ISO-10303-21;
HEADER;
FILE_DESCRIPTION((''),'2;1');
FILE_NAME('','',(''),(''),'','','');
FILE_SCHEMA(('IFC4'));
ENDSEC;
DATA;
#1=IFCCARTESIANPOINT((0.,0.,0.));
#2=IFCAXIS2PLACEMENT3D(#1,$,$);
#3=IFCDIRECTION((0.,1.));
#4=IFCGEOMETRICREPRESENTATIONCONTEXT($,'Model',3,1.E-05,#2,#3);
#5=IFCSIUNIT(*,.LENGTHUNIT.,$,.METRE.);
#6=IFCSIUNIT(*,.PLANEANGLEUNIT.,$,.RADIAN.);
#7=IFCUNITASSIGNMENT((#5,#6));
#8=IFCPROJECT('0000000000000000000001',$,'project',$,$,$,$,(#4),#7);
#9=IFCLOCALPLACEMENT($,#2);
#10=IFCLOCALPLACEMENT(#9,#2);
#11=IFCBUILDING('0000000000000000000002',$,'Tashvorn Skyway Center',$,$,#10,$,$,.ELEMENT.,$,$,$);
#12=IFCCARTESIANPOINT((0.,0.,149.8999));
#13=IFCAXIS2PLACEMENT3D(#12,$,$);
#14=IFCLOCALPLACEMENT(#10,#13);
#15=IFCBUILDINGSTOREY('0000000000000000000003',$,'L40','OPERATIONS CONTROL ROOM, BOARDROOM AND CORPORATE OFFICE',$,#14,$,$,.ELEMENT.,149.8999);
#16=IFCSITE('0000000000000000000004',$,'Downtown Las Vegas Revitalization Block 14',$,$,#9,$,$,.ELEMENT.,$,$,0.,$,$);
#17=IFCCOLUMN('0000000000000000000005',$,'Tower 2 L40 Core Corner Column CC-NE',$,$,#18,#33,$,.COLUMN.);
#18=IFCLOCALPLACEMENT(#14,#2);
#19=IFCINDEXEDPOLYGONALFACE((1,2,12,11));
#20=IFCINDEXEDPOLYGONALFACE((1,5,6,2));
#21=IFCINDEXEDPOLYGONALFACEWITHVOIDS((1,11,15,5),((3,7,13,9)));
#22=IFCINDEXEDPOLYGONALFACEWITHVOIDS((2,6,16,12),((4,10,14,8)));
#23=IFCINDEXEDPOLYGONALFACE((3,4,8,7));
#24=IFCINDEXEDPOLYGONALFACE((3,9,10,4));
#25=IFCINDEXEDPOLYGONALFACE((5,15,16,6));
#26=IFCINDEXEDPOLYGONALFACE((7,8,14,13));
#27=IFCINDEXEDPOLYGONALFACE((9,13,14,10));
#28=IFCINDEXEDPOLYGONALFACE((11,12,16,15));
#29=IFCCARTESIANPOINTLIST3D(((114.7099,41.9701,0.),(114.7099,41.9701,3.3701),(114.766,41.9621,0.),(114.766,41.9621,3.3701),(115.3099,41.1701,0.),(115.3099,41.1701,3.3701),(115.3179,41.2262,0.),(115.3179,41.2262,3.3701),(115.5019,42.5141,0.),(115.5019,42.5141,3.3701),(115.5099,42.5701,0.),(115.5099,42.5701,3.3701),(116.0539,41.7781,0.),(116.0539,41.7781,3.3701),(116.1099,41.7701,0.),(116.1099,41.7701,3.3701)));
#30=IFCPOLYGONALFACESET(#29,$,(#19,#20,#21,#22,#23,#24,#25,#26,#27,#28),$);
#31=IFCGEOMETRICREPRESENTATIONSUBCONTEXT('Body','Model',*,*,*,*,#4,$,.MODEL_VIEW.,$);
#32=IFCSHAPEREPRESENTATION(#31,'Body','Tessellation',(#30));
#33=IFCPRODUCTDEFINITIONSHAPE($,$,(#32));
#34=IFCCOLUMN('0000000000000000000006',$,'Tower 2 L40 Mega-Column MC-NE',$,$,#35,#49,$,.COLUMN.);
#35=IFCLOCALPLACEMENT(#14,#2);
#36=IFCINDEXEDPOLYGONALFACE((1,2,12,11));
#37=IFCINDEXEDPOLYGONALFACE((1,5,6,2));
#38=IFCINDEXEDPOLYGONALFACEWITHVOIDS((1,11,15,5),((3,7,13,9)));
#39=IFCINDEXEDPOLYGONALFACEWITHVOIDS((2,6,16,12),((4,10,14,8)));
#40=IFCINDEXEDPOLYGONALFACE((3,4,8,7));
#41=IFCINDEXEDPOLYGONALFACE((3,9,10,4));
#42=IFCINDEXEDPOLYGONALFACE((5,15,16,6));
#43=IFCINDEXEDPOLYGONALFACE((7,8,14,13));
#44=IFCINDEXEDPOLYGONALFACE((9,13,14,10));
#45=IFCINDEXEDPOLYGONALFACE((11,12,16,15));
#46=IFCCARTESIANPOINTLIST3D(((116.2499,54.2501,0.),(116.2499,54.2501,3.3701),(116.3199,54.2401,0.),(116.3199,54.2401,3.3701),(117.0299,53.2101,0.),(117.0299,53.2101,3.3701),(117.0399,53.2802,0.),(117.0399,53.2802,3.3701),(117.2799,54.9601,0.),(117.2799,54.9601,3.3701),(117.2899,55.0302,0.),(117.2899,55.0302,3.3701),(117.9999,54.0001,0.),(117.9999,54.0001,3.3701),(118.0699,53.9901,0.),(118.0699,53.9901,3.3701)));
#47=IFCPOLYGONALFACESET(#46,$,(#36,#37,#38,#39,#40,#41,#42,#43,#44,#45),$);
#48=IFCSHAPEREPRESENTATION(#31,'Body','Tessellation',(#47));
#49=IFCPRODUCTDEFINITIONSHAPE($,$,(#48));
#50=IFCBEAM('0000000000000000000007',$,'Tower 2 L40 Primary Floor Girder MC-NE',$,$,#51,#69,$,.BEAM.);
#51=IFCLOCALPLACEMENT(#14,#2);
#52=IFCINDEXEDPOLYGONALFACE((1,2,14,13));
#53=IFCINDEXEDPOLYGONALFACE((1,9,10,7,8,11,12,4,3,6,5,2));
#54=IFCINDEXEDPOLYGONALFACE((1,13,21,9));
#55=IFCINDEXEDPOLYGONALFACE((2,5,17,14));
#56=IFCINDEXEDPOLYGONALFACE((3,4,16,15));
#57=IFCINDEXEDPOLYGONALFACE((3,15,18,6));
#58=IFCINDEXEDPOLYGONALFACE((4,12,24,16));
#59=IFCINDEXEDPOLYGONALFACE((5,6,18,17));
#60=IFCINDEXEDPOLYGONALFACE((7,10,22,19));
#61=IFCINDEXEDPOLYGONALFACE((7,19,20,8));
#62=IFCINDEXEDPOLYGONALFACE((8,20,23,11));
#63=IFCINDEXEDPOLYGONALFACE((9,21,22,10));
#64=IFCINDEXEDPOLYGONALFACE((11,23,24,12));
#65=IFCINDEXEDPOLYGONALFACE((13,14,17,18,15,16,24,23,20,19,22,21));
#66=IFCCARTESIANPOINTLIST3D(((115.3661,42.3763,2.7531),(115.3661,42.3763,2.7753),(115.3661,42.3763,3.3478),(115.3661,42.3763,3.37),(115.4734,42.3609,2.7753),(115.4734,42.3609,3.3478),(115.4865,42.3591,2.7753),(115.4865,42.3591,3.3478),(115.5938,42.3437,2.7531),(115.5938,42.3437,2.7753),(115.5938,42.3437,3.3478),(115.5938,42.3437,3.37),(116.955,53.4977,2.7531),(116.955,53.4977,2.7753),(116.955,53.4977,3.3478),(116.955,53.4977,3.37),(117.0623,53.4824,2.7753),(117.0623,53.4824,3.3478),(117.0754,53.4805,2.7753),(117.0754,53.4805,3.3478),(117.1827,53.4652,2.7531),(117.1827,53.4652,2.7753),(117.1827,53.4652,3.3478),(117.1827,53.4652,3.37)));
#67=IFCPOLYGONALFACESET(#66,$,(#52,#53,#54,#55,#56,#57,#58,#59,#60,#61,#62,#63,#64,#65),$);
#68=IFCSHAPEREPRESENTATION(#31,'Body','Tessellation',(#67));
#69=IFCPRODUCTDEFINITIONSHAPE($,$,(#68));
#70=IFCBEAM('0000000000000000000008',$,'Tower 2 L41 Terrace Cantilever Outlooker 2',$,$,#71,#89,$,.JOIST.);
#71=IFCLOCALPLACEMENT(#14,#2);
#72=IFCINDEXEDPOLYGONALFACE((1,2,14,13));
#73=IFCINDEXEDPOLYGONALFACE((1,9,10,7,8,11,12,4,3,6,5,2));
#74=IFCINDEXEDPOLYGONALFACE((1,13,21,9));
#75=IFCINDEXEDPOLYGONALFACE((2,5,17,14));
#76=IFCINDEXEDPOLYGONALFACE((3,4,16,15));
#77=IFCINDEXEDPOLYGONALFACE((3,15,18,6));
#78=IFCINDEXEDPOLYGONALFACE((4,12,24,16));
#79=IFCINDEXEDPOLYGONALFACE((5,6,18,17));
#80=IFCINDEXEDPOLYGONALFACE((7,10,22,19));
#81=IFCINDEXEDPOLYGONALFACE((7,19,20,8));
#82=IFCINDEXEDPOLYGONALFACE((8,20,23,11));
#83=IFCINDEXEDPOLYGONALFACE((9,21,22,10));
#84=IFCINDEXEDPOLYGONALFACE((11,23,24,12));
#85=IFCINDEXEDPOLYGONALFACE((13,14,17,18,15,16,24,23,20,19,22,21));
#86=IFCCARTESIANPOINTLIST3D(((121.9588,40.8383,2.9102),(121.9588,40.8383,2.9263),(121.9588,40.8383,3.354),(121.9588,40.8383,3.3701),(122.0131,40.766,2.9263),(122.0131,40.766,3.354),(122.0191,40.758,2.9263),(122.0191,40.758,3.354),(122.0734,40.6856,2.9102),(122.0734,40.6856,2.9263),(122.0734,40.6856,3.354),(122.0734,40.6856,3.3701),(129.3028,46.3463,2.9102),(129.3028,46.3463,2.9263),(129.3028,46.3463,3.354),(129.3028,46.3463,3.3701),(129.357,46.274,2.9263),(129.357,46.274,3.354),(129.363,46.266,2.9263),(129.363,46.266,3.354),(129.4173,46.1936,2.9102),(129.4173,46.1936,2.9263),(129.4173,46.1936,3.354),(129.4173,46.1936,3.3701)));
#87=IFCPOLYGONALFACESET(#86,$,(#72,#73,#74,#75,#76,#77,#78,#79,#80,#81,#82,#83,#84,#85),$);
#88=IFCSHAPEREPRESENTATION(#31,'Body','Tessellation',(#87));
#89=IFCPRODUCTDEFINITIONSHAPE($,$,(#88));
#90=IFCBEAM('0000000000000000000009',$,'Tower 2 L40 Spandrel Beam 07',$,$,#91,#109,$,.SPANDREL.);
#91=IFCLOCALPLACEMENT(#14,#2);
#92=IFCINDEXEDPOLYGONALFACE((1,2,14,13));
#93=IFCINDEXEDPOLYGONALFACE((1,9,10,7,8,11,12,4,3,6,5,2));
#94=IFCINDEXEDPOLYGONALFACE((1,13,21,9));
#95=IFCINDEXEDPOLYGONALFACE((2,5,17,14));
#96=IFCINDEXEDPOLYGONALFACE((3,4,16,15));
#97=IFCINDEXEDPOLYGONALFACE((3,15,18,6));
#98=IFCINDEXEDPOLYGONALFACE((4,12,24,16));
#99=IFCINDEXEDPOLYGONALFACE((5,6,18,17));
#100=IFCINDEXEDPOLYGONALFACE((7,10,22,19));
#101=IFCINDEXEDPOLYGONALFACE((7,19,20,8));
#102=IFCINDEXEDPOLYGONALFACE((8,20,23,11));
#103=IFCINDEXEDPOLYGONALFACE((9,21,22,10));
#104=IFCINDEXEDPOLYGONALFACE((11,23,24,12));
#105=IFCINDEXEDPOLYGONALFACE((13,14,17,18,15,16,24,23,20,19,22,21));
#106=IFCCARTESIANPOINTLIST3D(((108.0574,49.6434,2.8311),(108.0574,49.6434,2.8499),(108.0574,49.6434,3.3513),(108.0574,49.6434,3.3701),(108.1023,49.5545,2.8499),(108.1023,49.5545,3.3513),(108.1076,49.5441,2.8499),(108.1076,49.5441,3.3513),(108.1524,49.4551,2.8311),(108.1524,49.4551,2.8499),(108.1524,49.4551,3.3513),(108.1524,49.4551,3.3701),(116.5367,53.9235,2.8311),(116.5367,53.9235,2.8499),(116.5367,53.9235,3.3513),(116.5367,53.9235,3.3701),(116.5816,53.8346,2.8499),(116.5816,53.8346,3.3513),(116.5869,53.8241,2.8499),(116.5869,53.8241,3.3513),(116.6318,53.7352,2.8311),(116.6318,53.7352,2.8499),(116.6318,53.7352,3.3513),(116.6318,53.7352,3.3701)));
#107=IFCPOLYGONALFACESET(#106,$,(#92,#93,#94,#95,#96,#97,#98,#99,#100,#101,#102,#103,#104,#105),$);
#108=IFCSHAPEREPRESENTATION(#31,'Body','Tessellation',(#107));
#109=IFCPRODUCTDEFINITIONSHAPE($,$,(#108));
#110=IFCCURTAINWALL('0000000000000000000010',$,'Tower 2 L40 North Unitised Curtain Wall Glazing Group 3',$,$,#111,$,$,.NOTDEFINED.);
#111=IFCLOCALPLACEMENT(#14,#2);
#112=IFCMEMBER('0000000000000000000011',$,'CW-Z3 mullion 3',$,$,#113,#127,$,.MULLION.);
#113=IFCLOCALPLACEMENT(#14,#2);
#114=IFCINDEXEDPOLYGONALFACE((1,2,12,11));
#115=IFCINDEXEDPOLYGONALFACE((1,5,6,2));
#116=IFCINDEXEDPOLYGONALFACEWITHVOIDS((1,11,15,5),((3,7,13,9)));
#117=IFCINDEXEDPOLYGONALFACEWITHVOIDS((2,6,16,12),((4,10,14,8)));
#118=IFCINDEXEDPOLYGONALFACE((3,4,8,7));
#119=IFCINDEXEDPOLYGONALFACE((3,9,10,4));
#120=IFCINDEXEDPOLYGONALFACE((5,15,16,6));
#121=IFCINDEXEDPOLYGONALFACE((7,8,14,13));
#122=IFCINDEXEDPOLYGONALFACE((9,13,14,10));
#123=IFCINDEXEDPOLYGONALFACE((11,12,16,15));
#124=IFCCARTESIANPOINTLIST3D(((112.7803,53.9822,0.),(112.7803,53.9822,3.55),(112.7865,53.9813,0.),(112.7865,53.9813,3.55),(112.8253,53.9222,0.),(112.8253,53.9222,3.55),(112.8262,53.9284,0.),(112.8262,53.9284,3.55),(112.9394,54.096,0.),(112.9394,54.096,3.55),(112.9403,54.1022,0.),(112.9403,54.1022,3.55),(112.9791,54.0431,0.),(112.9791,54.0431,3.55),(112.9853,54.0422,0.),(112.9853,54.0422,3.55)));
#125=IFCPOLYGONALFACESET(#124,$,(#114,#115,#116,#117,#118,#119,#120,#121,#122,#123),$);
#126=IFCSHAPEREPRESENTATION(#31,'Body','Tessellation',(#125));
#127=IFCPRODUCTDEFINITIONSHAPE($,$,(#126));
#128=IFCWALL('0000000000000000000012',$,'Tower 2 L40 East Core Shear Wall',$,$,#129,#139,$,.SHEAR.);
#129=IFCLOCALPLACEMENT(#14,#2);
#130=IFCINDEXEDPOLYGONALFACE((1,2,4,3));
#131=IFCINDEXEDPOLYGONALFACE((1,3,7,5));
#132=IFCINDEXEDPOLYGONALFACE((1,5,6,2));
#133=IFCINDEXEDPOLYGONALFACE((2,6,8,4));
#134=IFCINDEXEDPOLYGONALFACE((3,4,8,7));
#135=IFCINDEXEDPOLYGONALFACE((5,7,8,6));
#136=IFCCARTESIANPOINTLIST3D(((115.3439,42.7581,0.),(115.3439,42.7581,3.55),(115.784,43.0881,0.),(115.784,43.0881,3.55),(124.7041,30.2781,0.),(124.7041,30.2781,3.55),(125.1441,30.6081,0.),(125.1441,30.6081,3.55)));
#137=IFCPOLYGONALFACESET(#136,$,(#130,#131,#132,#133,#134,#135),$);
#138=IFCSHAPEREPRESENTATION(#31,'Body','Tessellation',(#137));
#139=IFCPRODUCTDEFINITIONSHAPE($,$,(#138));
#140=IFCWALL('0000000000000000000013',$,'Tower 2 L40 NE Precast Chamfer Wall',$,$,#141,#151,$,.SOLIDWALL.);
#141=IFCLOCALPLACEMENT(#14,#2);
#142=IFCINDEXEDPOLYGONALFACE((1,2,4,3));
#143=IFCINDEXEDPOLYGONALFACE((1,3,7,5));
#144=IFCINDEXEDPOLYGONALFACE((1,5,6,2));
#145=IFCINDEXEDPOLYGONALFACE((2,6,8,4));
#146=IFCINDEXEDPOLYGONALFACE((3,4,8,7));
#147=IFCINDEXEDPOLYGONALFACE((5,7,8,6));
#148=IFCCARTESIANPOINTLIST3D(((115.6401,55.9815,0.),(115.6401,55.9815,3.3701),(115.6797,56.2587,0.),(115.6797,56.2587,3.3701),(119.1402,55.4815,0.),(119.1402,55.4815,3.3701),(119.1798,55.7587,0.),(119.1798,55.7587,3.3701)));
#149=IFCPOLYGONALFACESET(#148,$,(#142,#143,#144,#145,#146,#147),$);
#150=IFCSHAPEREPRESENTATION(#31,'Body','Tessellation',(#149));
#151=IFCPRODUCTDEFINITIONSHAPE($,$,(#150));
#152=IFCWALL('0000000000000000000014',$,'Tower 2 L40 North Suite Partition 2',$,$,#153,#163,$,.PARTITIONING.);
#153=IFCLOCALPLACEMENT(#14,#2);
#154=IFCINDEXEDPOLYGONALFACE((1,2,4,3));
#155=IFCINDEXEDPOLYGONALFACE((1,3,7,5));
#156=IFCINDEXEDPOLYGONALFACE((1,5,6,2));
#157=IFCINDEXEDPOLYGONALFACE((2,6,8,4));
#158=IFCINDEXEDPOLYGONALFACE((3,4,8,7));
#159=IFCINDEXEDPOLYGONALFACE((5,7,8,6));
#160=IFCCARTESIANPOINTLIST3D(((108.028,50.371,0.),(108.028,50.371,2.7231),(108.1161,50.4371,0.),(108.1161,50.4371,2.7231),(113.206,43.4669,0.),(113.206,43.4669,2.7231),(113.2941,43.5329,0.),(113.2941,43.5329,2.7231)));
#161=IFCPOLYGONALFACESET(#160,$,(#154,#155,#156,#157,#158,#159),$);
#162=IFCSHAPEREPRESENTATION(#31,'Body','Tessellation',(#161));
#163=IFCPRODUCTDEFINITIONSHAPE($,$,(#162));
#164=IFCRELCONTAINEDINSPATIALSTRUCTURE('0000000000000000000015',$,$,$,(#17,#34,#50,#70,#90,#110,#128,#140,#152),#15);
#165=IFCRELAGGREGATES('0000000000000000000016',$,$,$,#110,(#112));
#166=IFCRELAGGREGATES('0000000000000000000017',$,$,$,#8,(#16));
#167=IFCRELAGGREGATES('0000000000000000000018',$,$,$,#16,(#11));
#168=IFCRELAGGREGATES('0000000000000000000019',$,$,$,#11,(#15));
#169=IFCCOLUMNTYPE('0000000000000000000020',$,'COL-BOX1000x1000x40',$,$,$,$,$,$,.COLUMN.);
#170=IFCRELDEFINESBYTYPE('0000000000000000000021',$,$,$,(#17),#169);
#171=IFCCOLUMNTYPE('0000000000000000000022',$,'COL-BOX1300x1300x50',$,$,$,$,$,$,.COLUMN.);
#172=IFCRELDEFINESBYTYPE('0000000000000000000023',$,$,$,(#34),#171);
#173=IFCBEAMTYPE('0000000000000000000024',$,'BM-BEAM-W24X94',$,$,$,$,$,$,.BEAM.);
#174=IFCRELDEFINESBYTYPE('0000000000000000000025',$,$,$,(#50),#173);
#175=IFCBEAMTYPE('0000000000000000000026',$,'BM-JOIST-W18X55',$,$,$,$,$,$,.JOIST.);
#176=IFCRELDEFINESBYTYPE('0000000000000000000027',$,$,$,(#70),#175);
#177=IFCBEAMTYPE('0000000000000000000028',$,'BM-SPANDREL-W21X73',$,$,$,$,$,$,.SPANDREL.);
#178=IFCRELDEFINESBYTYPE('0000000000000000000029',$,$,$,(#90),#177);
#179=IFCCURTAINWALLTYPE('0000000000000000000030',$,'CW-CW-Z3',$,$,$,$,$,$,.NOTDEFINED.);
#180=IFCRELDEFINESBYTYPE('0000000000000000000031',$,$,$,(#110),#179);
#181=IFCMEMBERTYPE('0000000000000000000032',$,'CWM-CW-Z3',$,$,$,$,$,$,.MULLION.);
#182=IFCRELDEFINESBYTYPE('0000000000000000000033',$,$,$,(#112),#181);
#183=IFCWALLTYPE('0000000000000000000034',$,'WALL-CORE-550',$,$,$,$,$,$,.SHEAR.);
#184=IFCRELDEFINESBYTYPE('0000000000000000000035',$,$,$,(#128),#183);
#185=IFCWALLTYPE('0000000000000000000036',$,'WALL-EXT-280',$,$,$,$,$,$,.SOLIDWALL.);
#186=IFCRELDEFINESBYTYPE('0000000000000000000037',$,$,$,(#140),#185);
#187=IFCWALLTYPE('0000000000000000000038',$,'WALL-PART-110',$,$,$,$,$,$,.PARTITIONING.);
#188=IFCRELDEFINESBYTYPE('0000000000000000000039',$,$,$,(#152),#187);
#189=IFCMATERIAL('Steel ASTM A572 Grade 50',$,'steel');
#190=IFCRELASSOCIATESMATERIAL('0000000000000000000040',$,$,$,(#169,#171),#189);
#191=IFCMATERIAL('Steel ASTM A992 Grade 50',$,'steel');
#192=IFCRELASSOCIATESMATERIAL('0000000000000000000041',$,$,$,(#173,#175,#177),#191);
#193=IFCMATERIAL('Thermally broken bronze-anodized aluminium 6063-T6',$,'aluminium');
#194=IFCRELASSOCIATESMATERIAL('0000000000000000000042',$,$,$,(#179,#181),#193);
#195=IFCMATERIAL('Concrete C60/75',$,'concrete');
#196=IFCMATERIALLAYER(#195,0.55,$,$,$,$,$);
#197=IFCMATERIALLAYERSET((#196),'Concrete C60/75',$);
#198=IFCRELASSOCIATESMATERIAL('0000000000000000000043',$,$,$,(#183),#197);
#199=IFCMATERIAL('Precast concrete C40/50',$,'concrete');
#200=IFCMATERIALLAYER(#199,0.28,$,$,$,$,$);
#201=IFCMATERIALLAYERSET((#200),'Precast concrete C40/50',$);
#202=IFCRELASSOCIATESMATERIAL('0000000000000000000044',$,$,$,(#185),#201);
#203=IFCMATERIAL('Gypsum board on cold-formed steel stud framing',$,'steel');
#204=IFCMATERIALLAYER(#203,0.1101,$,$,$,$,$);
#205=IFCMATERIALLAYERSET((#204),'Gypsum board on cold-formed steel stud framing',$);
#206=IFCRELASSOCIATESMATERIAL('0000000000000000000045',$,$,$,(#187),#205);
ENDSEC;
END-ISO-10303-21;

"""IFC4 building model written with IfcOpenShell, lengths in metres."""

from ifc_helpers import new_model, si_unit, direction, frame, frame_2d, origin, origin_2d, place, context, subcontext, project, spatial, rectangle, hollow_rectangle, i_section, extrude, material, layer, layer_set, material_profile, profile_set, type_object, element, aggregate, save


model = new_model("IFC4")

# Units and contexts
model_context = context("Model", 3, precision=1e-05, world=origin(), true_north=direction((0.0, 1.0)))
body_context = subcontext(model_context, "Body", "Model", "MODEL_VIEW")
ifc_project = project(units=[si_unit("LENGTHUNIT", "METRE"), si_unit("PLANEANGLEUNIT", "RADIAN")], contexts=[model_context])

# Site, building, storey
site_placement = place(None, origin())
site = spatial("IfcSite", under=ifc_project, at=site_placement, Name="Downtown Las Vegas Revitalization Block 14", CompositionType="ELEMENT", RefElevation=0.0)
building_placement = place(site_placement, origin())
building = spatial("IfcBuilding", under=site, at=building_placement, Name="Tashvorn Skyway Center", CompositionType="ELEMENT")
storey_placement = place(building_placement, frame((0.0, 0.0, 149.8999)))
storey = spatial("IfcBuildingStorey", under=building, at=storey_placement, Name="L40", Description="OPERATIONS CONTROL ROOM, BOARDROOM AND CORPORATE OFFICE", CompositionType="ELEMENT", Elevation=149.8999)

# Columns
ifc_material_1 = material(Name="Steel ASTM A572 Grade 50", Category="steel")
ifc_material_profile_1 = material_profile(ifc_material_1, hollow_rectangle(XDim=1.0, YDim=1.0, WallThickness=0.04, at=origin_2d()), Name="BOX1000x1000x40")
ifc_profile_set_1 = profile_set([ifc_material_profile_1], Name="Steel ASTM A572 Grade 50")
column_type_1 = type_object("IfcColumnType", Name="COL-BOX1000x1000x40", PredefinedType="COLUMN", material=ifc_profile_set_1)
column_1_placement = place(storey_placement, frame((115.4099, 41.8701, 0.0), z_axis=(0.0, 0.0, 1.0), x_axis=(0.8, 0.6, 0.0)))
element("IfcColumn", 1, at=column_1_placement, inside=storey, type_object=column_type_1, Name="Tower 2 L40 Core Corner Column CC-NE", PredefinedType="COLUMN", context=body_context, shape_type="SweptSolid", body=[
    extrude(hollow_rectangle(XDim=1.0, YDim=1.0, WallThickness=0.04, at=origin_2d()), origin(), (0.0, 0.0, 1.0), 3.3701),
])
ifc_material_profile_2 = material_profile(ifc_material_1, hollow_rectangle(XDim=1.3, YDim=1.3, WallThickness=0.05, at=origin_2d()), Name="BOX1300x1300x50")
ifc_profile_set_2 = profile_set([ifc_material_profile_2], Name="Steel ASTM A572 Grade 50")
column_type_2 = type_object("IfcColumnType", Name="COL-BOX1300x1300x50", PredefinedType="COLUMN", material=ifc_profile_set_2)
column_2_placement = place(storey_placement, frame((117.1599, 54.1201, 0.0), z_axis=(0.0, 0.0, 1.0), x_axis=(0.8, 0.6, 0.0)))
element("IfcColumn", 2, at=column_2_placement, inside=storey, type_object=column_type_2, Name="Tower 2 L40 Mega-Column MC-NE", PredefinedType="COLUMN", context=body_context, shape_type="SweptSolid", body=[
    extrude(hollow_rectangle(XDim=1.3, YDim=1.3, WallThickness=0.05, at=origin_2d()), origin(), (0.0, 0.0, 1.0), 3.3701),
])

# Beams
ifc_material_2 = material(Name="Steel ASTM A992 Grade 50", Category="steel")
ifc_material_profile_3 = material_profile(ifc_material_2, i_section(OverallWidth=0.23, OverallDepth=0.6169, WebThickness=0.0132, FlangeThickness=0.0222, at=origin_2d()), Name="W24X94")
ifc_profile_set_3 = profile_set([ifc_material_profile_3], Name="Steel ASTM A992 Grade 50")
beam_type_1 = type_object("IfcBeamType", Name="BM-BEAM-W24X94", PredefinedType="BEAM", material=ifc_profile_set_3)
beam_1_placement = place(storey_placement, frame((117.0688, 53.4814, 3.0615), z_axis=(-0.14143, -0.989948, 0.0), x_axis=(0.989948, -0.14143, 0.0)))
element("IfcBeam", 3, at=beam_1_placement, inside=storey, type_object=beam_type_1, Name="Tower 2 L40 Primary Floor Girder MC-NE", PredefinedType="BEAM", context=body_context, shape_type="SweptSolid", body=[
    extrude(i_section(OverallWidth=0.23, OverallDepth=0.6169, WebThickness=0.0132, FlangeThickness=0.0222, at=origin_2d()), origin(), (0.0, 0.0, 1.0), 11.2344),
])
ifc_material_profile_4 = material_profile(ifc_material_2, i_section(OverallWidth=0.1909, OverallDepth=0.46, WebThickness=0.01, FlangeThickness=0.0161, at=origin_2d()), Name="W18X55")
ifc_profile_set_4 = profile_set([ifc_material_profile_4], Name="Steel ASTM A992 Grade 50")
beam_type_2 = type_object("IfcBeamType", Name="BM-JOIST-W18X55", PredefinedType="JOIST", material=ifc_profile_set_4)
beam_2_placement = place(storey_placement, frame((122.0161, 40.762, 3.1401), z_axis=(0.799997, 0.600004, 0.0), x_axis=(-0.600004, 0.799997, 0.0)))
element("IfcBeam", 4, at=beam_2_placement, inside=storey, type_object=beam_type_2, Name="Tower 2 L41 Terrace Cantilever Outlooker 2", PredefinedType="JOIST", context=body_context, shape_type="SweptSolid", body=[
    extrude(i_section(OverallWidth=0.1909, OverallDepth=0.46, WebThickness=0.01, FlangeThickness=0.0161, at=origin_2d()), origin(), (0.0, 0.0, 1.0), 9.1799),
])
ifc_material_profile_5 = material_profile(ifc_material_2, i_section(OverallWidth=0.2109, OverallDepth=0.5391, WebThickness=0.0117, FlangeThickness=0.0188, at=origin_2d()), Name="W21X73")
ifc_profile_set_5 = profile_set([ifc_material_profile_5], Name="Steel ASTM A992 Grade 50")
beam_type_3 = type_object("IfcBeamType", Name="BM-SPANDREL-W21X73", PredefinedType="SPANDREL", material=ifc_profile_set_5)
beam_3_placement = place(storey_placement, frame((116.5842, 53.8293, 3.1006), z_axis=(-0.892719, -0.450614, 0.0), x_axis=(0.450614, -0.892719, 0.0)))
element("IfcBeam", 5, at=beam_3_placement, inside=storey, type_object=beam_type_3, Name="Tower 2 L40 Spandrel Beam 07", PredefinedType="SPANDREL", context=body_context, shape_type="SweptSolid", body=[
    extrude(i_section(OverallWidth=0.2109, OverallDepth=0.5391, WebThickness=0.0117, FlangeThickness=0.0188, at=origin_2d()), origin(), (0.0, 0.0, 1.0), 9.4983),
])

# Curtain wall, member
ifc_material_3 = material(Name="Thermally broken bronze-anodized aluminium 6063-T6", Category="aluminium")
curtain_wall_type = type_object("IfcCurtainWallType", Name="CW-CW-Z3", PredefinedType="NOTDEFINED", material=ifc_material_3)
curtain_wall_placement = place(storey_placement, origin())
curtain_wall = element("IfcCurtainWall", 6, at=curtain_wall_placement, inside=storey, type_object=curtain_wall_type, Name="Tower 2 L40 North Unitised Curtain Wall Glazing Group 3", PredefinedType="NOTDEFINED")
ifc_material_profile_6 = material_profile(ifc_material_3, hollow_rectangle(XDim=0.075, YDim=0.2, WallThickness=0.0044, at=origin_2d()), Name="ALU-MULL-75x200")
ifc_profile_set_6 = profile_set([ifc_material_profile_6], Name="Thermally broken bronze-anodized aluminium 6063-T6")
member_type = type_object("IfcMemberType", Name="CWM-CW-Z3", PredefinedType="MULLION", material=ifc_profile_set_6)
member_placement = place(storey_placement, frame((112.8828, 54.0122, 0.0), z_axis=(0.0, 0.0, 1.0), x_axis=(-0.600005, 0.799997, 0.0)))
member = element("IfcMember", 7, at=member_placement, type_object=member_type, Name="CW-Z3 mullion 3", PredefinedType="MULLION", context=body_context, shape_type="SweptSolid", body=[
    extrude(hollow_rectangle(XDim=0.075, YDim=0.2, WallThickness=0.0044, at=origin_2d()), origin(), (0.0, 0.0, 1.0), 3.55),
])
aggregate(curtain_wall, [member])

# Walls
ifc_material_4 = material(Name="Concrete C60/75", Category="concrete")
ifc_layer_1 = layer(ifc_material_4, 0.55)
ifc_layer_set_1 = layer_set([ifc_layer_1], Name="Concrete C60/75")
wall_type_1 = type_object("IfcWallType", Name="WALL-CORE-550", PredefinedType="SHEAR", material=ifc_layer_set_1)
wall_1_placement = place(storey_placement, frame((115.564, 42.9231, 0.0), z_axis=(0.0, 0.0, 1.0), x_axis=(0.600005, -0.799996, 0.0)))
element("IfcWall", 8, at=wall_1_placement, inside=storey, type_object=wall_type_1, Name="Tower 2 L40 East Core Shear Wall", PredefinedType="SHEAR", context=body_context, shape_type="SweptSolid", body=[
    extrude(rectangle(XDim=15.6001, YDim=0.55, at=frame_2d((7.8, 0.0))), origin(), (0.0, 0.0, 1.0), 3.55),
])
ifc_material_5 = material(Name="Precast concrete C40/50", Category="concrete")
ifc_layer_2 = layer(ifc_material_5, 0.28)
ifc_layer_set_2 = layer_set([ifc_layer_2], Name="Precast concrete C40/50")
wall_type_2 = type_object("IfcWallType", Name="WALL-EXT-280", PredefinedType="SOLIDWALL", material=ifc_layer_set_2)
wall_2_placement = place(storey_placement, frame((115.6599, 56.1201, 0.0), z_axis=(0.0, 0.0, 1.0), x_axis=(0.989949, -0.141421, 0.0)))
element("IfcWall", 9, at=wall_2_placement, inside=storey, type_object=wall_type_2, Name="Tower 2 L40 NE Precast Chamfer Wall", PredefinedType="SOLIDWALL", context=body_context, shape_type="SweptSolid", body=[
    extrude(rectangle(XDim=3.5356, YDim=0.28, at=frame_2d((1.7678, 0.0))), origin(), (0.0, 0.0, 1.0), 3.3701),
])
ifc_material_6 = material(Name="Gypsum board on cold-formed steel stud framing", Category="steel")
ifc_layer_3 = layer(ifc_material_6, 0.1101)
ifc_layer_set_3 = layer_set([ifc_layer_3], Name="Gypsum board on cold-formed steel stud framing")
wall_type_3 = type_object("IfcWallType", Name="WALL-PART-110", PredefinedType="PARTITIONING", material=ifc_layer_set_3)
wall_3_placement = place(storey_placement, frame((113.25, 43.5, 0.0), z_axis=(0.0, 0.0, 1.0), x_axis=(-0.599995, 0.800003, 0.0)))
element("IfcWall", 10, at=wall_3_placement, inside=storey, type_object=wall_type_3, Name="Tower 2 L40 North Suite Partition 2", PredefinedType="PARTITIONING", context=body_context, shape_type="SweptSolid", body=[
    extrude(rectangle(XDim=8.6301, YDim=0.1101, at=frame_2d((4.3149, 0.0))), origin(), (0.0, 0.0, 1.0), 2.7231),
])

save(model, "model.ifc")
